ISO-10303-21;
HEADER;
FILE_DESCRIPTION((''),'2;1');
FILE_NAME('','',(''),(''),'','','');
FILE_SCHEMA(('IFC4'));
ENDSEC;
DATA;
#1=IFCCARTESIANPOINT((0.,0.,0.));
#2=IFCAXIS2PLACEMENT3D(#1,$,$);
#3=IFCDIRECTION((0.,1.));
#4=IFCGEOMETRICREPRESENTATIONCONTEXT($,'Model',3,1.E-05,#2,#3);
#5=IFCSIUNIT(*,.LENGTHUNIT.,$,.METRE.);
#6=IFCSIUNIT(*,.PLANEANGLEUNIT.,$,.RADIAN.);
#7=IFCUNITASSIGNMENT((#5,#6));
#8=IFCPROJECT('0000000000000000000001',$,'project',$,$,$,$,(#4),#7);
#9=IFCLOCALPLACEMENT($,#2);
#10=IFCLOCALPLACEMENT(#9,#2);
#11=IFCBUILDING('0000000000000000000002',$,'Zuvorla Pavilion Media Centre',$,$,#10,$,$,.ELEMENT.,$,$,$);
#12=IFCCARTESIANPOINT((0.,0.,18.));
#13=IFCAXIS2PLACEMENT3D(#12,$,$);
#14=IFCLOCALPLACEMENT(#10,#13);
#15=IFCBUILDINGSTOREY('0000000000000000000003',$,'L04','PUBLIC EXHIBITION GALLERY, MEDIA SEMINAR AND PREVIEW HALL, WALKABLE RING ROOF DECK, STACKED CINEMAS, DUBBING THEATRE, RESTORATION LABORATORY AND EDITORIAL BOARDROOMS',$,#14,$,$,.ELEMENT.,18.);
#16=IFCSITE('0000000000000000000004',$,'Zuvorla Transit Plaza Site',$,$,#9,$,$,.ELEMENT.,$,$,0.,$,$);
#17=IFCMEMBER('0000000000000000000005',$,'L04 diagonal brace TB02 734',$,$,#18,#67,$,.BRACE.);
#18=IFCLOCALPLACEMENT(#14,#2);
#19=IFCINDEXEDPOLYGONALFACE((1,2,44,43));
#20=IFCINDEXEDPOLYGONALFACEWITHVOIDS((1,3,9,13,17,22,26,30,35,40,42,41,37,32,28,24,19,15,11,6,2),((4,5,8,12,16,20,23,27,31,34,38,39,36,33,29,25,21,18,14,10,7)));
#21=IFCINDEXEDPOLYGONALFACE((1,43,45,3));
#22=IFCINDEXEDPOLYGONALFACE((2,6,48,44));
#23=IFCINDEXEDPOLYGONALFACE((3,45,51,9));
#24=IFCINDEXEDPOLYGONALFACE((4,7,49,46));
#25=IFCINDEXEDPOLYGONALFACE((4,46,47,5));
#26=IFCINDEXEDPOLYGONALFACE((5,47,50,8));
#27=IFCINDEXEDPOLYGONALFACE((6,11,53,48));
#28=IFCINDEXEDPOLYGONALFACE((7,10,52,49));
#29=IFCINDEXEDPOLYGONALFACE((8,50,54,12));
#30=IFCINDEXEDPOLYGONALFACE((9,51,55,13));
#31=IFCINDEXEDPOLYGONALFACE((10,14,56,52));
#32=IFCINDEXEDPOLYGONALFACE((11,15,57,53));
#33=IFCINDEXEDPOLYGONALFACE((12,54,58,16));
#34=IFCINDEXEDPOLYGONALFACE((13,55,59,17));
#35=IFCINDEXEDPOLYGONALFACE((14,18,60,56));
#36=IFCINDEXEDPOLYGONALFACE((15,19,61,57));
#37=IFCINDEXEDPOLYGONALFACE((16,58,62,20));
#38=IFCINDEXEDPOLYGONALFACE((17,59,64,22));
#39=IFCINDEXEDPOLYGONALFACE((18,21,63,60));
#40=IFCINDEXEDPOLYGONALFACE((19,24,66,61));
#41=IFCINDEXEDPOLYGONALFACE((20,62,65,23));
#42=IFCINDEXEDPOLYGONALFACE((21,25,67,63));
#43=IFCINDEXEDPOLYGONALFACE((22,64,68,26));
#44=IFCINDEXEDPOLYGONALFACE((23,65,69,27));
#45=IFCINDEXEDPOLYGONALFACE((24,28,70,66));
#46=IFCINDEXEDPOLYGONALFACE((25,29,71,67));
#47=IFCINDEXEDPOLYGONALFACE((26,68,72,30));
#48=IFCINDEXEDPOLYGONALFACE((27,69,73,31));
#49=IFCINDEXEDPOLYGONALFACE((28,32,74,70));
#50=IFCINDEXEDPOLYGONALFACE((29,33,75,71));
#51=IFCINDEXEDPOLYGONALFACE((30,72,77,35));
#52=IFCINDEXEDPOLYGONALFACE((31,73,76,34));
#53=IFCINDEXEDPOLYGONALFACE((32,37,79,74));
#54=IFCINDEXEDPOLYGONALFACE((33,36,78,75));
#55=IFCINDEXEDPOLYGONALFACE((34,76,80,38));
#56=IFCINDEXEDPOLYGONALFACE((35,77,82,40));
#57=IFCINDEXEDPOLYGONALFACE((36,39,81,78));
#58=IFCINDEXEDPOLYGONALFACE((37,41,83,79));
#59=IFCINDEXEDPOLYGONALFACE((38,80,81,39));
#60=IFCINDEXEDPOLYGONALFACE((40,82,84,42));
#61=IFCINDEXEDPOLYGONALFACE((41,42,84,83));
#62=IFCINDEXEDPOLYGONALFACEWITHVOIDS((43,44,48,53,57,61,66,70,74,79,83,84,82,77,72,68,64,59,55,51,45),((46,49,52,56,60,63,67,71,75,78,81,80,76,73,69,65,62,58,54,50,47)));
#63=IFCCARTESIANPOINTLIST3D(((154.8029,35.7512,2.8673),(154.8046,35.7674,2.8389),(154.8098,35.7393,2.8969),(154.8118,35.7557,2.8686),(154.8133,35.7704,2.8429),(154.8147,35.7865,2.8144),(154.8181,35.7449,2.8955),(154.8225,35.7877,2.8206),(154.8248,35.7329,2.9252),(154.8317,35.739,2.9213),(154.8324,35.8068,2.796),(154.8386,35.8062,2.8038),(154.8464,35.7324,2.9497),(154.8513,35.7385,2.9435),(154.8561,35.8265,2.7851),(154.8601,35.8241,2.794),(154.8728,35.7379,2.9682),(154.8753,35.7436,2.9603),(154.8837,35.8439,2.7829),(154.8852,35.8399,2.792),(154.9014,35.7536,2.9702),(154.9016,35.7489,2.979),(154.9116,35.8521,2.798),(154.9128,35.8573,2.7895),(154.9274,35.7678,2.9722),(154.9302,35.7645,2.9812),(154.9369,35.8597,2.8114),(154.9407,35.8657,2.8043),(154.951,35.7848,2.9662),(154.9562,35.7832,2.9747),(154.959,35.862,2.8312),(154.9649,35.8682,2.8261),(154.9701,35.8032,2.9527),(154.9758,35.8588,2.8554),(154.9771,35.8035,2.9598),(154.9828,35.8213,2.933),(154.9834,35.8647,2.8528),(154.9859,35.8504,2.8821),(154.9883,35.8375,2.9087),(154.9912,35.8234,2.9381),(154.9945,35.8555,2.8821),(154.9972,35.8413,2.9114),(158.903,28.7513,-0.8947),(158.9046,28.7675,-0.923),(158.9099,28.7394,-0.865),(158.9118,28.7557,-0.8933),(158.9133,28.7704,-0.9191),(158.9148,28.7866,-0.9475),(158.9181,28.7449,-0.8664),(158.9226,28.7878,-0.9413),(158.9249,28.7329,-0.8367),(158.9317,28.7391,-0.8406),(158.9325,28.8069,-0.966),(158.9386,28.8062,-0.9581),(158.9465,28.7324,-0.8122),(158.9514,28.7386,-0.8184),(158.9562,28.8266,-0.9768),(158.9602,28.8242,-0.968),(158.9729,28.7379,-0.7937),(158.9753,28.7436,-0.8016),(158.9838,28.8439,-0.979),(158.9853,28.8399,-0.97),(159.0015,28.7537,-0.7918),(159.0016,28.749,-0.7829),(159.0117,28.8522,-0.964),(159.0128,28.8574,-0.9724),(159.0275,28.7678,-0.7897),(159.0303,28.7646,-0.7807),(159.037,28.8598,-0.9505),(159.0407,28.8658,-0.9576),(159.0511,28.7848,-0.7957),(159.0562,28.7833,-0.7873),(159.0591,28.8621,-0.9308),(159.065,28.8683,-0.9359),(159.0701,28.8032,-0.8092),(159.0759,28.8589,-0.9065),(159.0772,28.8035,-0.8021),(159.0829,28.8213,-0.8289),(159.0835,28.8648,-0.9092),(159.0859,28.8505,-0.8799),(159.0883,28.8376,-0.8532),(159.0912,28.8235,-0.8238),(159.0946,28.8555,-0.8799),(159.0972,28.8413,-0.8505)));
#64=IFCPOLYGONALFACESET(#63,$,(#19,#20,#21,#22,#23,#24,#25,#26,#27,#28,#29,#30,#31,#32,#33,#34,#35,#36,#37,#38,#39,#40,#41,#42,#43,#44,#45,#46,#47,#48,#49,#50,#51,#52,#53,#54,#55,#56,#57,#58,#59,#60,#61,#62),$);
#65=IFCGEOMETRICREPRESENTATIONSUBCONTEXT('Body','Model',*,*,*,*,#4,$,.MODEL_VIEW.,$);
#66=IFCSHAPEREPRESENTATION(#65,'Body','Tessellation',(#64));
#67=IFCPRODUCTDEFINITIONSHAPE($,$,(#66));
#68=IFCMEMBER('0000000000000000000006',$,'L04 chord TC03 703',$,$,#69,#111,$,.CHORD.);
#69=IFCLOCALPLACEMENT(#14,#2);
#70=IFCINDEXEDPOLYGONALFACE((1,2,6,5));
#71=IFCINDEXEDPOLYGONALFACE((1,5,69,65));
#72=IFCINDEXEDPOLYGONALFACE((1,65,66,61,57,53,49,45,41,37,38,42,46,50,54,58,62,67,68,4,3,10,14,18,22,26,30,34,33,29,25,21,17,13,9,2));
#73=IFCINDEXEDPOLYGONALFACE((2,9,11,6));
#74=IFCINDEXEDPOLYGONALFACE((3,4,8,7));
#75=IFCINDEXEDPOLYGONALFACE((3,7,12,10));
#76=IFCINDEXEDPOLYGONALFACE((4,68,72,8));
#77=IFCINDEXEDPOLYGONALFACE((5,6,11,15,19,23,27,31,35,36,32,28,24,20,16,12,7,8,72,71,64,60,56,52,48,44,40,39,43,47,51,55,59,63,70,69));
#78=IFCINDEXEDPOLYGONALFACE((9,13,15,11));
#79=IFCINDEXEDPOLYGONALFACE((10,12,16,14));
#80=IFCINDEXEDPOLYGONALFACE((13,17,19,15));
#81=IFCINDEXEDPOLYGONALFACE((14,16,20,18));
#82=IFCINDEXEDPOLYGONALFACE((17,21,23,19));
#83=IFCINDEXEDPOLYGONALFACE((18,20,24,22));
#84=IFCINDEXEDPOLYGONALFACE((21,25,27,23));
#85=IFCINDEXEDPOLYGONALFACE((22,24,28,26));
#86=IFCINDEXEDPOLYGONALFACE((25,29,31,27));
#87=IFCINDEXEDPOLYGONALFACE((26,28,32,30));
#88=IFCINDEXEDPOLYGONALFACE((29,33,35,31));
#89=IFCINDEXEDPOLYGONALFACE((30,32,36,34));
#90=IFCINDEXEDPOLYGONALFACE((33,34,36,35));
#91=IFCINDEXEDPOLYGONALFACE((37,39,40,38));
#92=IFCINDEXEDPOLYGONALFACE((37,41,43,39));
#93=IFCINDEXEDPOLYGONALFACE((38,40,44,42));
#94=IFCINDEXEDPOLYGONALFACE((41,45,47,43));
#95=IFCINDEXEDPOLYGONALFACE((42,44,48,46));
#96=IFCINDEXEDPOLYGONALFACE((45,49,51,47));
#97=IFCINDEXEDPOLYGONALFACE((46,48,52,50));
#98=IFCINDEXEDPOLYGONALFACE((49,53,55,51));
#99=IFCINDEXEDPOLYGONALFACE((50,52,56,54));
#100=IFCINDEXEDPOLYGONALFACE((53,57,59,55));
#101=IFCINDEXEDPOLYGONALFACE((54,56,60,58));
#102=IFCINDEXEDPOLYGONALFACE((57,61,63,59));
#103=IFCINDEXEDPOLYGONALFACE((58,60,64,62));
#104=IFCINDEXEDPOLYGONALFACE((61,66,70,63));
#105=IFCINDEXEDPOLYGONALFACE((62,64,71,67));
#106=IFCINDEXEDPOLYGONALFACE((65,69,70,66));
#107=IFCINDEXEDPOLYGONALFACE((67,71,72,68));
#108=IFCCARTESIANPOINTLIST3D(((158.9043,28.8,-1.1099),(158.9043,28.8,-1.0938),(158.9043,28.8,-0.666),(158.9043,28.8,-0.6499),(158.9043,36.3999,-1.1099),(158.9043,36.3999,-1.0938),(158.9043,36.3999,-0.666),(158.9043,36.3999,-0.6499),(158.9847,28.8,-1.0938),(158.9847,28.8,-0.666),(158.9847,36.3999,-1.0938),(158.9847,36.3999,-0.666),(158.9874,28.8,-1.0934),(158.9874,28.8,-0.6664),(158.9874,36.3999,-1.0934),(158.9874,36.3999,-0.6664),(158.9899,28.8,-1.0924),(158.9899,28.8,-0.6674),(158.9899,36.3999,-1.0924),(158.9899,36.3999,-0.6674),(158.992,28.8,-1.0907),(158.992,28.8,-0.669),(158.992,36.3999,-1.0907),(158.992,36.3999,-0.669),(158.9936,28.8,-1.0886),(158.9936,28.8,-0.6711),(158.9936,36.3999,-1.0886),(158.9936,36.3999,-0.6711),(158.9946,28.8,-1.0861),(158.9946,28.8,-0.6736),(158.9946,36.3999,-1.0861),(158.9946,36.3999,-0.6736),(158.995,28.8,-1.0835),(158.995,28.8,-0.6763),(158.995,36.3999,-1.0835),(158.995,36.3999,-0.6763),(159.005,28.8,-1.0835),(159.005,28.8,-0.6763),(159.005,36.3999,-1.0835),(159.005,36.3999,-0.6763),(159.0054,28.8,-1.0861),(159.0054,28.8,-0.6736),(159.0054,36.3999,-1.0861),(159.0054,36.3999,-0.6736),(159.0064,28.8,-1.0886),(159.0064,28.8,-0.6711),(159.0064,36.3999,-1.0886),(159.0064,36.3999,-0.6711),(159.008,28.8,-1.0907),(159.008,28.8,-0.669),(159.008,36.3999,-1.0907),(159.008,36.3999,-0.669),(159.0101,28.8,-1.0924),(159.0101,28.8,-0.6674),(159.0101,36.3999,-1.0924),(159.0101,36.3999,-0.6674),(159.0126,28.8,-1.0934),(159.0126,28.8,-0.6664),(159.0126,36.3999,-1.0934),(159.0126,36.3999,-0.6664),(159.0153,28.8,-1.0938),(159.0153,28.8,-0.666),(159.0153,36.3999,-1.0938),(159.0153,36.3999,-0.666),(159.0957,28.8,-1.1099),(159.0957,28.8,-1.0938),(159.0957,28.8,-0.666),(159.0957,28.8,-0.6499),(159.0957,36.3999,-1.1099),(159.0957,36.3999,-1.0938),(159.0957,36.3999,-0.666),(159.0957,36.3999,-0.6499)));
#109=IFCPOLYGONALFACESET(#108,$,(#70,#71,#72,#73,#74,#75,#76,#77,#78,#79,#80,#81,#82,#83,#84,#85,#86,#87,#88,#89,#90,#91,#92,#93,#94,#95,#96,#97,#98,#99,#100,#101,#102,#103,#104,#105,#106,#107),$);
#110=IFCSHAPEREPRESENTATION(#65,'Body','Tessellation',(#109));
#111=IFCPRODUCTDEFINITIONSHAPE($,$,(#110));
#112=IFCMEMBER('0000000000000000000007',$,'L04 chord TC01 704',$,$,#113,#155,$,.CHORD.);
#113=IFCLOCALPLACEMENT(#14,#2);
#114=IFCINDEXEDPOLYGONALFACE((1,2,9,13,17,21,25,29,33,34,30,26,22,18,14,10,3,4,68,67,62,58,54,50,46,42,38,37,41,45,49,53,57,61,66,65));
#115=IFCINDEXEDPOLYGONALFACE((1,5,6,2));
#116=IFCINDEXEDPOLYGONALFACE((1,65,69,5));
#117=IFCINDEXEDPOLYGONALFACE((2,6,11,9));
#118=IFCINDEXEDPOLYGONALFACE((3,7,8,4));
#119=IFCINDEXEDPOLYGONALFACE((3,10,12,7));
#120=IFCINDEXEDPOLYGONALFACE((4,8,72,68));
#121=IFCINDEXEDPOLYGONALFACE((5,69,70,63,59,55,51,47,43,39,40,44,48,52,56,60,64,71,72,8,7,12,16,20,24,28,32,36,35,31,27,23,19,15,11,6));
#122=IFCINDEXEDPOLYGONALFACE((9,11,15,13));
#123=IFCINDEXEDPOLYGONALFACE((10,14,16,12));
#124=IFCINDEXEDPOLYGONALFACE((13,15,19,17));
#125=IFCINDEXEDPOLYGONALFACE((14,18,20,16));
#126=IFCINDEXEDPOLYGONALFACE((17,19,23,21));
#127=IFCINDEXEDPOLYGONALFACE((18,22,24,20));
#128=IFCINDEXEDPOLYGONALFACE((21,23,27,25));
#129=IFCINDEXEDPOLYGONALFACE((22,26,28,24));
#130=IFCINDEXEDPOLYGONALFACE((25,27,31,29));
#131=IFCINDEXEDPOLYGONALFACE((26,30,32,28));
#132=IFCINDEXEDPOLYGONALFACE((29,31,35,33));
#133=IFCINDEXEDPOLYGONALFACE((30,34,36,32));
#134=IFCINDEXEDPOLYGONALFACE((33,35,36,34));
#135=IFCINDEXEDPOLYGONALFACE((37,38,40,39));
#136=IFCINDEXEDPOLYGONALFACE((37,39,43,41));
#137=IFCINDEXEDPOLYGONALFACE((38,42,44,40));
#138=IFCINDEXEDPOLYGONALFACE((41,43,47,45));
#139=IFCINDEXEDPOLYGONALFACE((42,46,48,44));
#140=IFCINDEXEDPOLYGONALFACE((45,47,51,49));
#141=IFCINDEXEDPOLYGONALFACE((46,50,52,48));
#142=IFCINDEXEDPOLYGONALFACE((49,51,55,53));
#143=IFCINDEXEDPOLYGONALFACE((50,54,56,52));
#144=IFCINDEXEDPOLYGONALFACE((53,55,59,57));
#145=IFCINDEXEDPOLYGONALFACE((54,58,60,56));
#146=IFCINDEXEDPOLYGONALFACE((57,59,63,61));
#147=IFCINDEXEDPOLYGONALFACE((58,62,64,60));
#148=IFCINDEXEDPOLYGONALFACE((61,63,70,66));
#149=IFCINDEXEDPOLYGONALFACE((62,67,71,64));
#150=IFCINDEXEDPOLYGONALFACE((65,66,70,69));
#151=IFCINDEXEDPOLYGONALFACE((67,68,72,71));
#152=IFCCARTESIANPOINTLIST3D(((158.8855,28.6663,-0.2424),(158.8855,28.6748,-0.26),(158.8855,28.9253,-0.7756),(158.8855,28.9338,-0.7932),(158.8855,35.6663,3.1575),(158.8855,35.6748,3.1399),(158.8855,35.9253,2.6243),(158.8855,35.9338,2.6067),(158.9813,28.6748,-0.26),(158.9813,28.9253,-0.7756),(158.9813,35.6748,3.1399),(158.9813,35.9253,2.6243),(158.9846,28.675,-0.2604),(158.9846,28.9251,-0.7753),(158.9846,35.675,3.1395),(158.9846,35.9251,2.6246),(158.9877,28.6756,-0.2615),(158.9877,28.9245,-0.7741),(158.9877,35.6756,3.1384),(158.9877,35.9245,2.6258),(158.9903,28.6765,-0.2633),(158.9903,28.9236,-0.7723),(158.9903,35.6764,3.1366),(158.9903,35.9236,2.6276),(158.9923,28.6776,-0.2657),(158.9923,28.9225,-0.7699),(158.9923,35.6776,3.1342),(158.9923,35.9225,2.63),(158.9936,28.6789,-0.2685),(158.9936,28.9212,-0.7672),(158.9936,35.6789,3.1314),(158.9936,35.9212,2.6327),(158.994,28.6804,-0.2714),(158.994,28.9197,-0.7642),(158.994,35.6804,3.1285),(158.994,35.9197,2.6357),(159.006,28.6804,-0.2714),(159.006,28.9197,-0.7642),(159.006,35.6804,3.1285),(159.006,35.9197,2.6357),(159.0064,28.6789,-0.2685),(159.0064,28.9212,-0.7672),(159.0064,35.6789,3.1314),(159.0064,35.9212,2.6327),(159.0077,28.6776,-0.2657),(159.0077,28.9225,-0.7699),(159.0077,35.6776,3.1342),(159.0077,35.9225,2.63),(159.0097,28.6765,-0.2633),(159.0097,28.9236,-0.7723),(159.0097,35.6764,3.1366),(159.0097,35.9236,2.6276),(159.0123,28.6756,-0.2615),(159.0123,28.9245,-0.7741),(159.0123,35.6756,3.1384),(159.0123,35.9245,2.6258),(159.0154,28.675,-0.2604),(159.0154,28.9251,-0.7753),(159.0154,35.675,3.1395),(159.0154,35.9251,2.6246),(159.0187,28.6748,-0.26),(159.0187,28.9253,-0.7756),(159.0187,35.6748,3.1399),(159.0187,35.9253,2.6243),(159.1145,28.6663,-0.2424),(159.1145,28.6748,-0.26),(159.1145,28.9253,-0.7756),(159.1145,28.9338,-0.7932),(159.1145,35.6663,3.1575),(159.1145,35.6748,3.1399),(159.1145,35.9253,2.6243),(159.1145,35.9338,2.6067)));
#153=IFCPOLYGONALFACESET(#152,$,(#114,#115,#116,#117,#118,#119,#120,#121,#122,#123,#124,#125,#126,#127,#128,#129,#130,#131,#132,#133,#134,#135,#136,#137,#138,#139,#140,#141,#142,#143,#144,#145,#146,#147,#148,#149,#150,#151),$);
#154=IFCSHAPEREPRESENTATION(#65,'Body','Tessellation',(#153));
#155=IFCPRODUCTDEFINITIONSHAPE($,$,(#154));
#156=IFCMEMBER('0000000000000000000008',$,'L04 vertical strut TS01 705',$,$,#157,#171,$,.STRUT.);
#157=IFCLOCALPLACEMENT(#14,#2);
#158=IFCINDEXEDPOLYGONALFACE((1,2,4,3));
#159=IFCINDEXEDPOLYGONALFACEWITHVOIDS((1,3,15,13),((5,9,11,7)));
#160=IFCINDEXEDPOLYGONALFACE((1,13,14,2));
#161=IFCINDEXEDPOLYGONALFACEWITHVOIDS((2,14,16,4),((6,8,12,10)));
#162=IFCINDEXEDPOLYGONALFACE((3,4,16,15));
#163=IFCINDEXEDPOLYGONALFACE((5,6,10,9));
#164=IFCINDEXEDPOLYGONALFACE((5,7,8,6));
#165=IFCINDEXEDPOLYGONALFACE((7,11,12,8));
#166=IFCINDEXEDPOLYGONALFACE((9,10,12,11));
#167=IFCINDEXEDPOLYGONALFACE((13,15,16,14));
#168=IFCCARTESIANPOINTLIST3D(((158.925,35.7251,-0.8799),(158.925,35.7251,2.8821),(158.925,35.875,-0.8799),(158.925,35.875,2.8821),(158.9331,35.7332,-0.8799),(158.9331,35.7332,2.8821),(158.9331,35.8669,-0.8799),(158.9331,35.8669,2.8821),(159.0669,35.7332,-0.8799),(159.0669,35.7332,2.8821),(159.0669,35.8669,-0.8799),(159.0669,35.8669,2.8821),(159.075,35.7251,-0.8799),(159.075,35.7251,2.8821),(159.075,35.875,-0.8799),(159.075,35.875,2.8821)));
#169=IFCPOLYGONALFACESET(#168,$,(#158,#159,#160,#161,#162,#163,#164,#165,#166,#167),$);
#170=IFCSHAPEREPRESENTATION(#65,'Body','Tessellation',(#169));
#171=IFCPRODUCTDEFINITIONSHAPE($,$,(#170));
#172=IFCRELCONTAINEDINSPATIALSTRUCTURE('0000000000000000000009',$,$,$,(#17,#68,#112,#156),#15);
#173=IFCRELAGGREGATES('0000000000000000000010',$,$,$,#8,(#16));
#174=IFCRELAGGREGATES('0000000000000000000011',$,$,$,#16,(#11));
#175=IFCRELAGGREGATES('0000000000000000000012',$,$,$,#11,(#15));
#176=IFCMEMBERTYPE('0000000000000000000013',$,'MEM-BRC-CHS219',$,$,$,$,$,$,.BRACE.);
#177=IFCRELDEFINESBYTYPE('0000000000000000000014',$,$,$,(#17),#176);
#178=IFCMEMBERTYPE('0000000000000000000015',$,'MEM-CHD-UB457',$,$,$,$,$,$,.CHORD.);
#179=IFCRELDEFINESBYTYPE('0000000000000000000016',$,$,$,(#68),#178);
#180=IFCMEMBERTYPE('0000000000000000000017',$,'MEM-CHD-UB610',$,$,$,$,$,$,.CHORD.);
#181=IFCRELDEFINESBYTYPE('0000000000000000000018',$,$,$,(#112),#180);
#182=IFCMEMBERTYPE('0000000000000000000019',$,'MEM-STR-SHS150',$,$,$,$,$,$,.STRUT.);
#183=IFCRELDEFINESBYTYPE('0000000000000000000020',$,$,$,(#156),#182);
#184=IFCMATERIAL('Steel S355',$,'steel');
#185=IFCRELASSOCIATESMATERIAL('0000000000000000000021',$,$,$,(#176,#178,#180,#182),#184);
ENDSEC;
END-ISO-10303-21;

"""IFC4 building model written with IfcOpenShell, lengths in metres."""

from ifc_helpers import new_model, si_unit, direction, frame, origin, origin_2d, place, context, subcontext, project, spatial, hollow_rectangle, hollow_circle, i_section, extrude, material, material_profile, profile_set, type_object, element, save


model = new_model("IFC4")

# Units and contexts
model_context = context("Model", 3, precision=1e-05, world=origin(), true_north=direction((0.0, 1.0)))
body_context = subcontext(model_context, "Body", "Model", "MODEL_VIEW")
ifc_project = project(units=[si_unit("LENGTHUNIT", "METRE"), si_unit("PLANEANGLEUNIT", "RADIAN")], contexts=[model_context])

# Site, building, storey
site_placement = place(None, origin())
site = spatial("IfcSite", under=ifc_project, at=site_placement, Name="Zuvorla Transit Plaza Site", CompositionType="ELEMENT", RefElevation=0.0)
building_placement = place(site_placement, origin())
building = spatial("IfcBuilding", under=site, at=building_placement, Name="Zuvorla Pavilion Media Centre", CompositionType="ELEMENT")
storey_placement = place(building_placement, frame((0.0, 0.0, 18.0)))
storey = spatial("IfcBuildingStorey", under=building, at=storey_placement, Name="L04", Description="PUBLIC EXHIBITION GALLERY, MEDIA SEMINAR AND PREVIEW HALL, WALKABLE RING ROOF DECK, STACKED CINEMAS, DUBBING THEATRE, RESTORATION LABORATORY AND EDITORIAL BOARDROOMS", CompositionType="ELEMENT", Elevation=18.0)

# Members
ifc_material_1 = material(Name="Steel S355", Category="steel")
ifc_material_profile_1 = material_profile(ifc_material_1, hollow_circle(Radius=0.1096, WallThickness=0.01, at=origin_2d()), Name="CHS 219.1x10")
ifc_profile_set_1 = profile_set([ifc_material_profile_1], Name="Steel S355")
member_type_1 = type_object("IfcMemberType", Name="MEM-BRC-CHS219", PredefinedType="BRACE", material=ifc_profile_set_1)
member_1_placement = place(storey_placement, frame((154.8999, 35.8, 2.8821), z_axis=(0.45851, -0.782804, -0.420697), x_axis=(0.862878, 0.505412, 0.0)))
element("IfcMember", 1, at=member_1_placement, inside=storey, type_object=member_type_1, Name="L04 diagonal brace TB02 734", PredefinedType="BRACE", context=body_context, shape_type="SweptSolid", body=[
    extrude(hollow_circle(Radius=0.1096, WallThickness=0.01, at=origin_2d()), origin(), (0.0, 0.0, 1.0), 8.9421),
])
ifc_material_profile_2 = material_profile(ifc_material_1, i_section(OverallWidth=0.1914, OverallDepth=0.46, WebThickness=0.01, FlangeThickness=0.0161, FilletRadius=0.0103, at=origin_2d()), Name="UB 457x191x82")
ifc_profile_set_2 = profile_set([ifc_material_profile_2], Name="Steel S355")
member_type_2 = type_object("IfcMemberType", Name="MEM-CHD-UB457", PredefinedType="CHORD", material=ifc_profile_set_2)
member_2_placement = place(storey_placement, frame((159.0, 28.8, -0.8799), z_axis=(0.0, 1.0, 0.0), x_axis=(-1.0, 0.0, 0.0)))
element("IfcMember", 2, at=member_2_placement, inside=storey, type_object=member_type_2, Name="L04 chord TC03 703", PredefinedType="CHORD", context=body_context, shape_type="SweptSolid", body=[
    extrude(i_section(OverallWidth=0.1914, OverallDepth=0.46, WebThickness=0.01, FlangeThickness=0.0161, FilletRadius=0.0103, at=origin_2d()), origin(), (0.0, 0.0, 1.0), 7.5999),
])
ifc_material_profile_3 = material_profile(ifc_material_1, i_section(OverallWidth=0.229, OverallDepth=0.6123, WebThickness=0.012, FlangeThickness=0.0195, FilletRadius=0.0127, at=origin_2d()), Name="UB 610x229x125")
ifc_profile_set_3 = profile_set([ifc_material_profile_3], Name="Steel S355")
member_type_3 = type_object("IfcMemberType", Name="MEM-CHD-UB610", PredefinedType="CHORD", material=ifc_profile_set_3)
member_3_placement = place(storey_placement, frame((159.0, 28.8, -0.5178), z_axis=(0.0, 0.899513, 0.436894), x_axis=(-1.0, 0.0, 0.0)))
element("IfcMember", 3, at=member_3_placement, inside=storey, type_object=member_type_3, Name="L04 chord TC01 704", PredefinedType="CHORD", context=body_context, shape_type="SweptSolid", body=[
    extrude(i_section(OverallWidth=0.229, OverallDepth=0.6123, WebThickness=0.012, FlangeThickness=0.0195, FilletRadius=0.0127, at=origin_2d()), origin(), (0.0, 0.0, 1.0), 7.782),
])
ifc_material_profile_4 = material_profile(ifc_material_1, hollow_rectangle(XDim=0.1499, YDim=0.1499, WallThickness=0.0081, at=origin_2d()), Name="SHS 150x150x8")
ifc_profile_set_4 = profile_set([ifc_material_profile_4], Name="Steel S355")
member_type_4 = type_object("IfcMemberType", Name="MEM-STR-SHS150", PredefinedType="STRUT", material=ifc_profile_set_4)
member_4_placement = place(storey_placement, frame((159.0, 35.8, -0.8799), z_axis=(0.0, 0.0, 1.0), x_axis=(1.0, 0.0, 0.0)))
element("IfcMember", 4, at=member_4_placement, inside=storey, type_object=member_type_4, Name="L04 vertical strut TS01 705", PredefinedType="STRUT", context=body_context, shape_type="SweptSolid", body=[
    extrude(hollow_rectangle(XDim=0.1499, YDim=0.1499, WallThickness=0.0081, at=origin_2d()), origin(), (0.0, 0.0, 1.0), 3.762),
])

save(model, "model.ifc")
